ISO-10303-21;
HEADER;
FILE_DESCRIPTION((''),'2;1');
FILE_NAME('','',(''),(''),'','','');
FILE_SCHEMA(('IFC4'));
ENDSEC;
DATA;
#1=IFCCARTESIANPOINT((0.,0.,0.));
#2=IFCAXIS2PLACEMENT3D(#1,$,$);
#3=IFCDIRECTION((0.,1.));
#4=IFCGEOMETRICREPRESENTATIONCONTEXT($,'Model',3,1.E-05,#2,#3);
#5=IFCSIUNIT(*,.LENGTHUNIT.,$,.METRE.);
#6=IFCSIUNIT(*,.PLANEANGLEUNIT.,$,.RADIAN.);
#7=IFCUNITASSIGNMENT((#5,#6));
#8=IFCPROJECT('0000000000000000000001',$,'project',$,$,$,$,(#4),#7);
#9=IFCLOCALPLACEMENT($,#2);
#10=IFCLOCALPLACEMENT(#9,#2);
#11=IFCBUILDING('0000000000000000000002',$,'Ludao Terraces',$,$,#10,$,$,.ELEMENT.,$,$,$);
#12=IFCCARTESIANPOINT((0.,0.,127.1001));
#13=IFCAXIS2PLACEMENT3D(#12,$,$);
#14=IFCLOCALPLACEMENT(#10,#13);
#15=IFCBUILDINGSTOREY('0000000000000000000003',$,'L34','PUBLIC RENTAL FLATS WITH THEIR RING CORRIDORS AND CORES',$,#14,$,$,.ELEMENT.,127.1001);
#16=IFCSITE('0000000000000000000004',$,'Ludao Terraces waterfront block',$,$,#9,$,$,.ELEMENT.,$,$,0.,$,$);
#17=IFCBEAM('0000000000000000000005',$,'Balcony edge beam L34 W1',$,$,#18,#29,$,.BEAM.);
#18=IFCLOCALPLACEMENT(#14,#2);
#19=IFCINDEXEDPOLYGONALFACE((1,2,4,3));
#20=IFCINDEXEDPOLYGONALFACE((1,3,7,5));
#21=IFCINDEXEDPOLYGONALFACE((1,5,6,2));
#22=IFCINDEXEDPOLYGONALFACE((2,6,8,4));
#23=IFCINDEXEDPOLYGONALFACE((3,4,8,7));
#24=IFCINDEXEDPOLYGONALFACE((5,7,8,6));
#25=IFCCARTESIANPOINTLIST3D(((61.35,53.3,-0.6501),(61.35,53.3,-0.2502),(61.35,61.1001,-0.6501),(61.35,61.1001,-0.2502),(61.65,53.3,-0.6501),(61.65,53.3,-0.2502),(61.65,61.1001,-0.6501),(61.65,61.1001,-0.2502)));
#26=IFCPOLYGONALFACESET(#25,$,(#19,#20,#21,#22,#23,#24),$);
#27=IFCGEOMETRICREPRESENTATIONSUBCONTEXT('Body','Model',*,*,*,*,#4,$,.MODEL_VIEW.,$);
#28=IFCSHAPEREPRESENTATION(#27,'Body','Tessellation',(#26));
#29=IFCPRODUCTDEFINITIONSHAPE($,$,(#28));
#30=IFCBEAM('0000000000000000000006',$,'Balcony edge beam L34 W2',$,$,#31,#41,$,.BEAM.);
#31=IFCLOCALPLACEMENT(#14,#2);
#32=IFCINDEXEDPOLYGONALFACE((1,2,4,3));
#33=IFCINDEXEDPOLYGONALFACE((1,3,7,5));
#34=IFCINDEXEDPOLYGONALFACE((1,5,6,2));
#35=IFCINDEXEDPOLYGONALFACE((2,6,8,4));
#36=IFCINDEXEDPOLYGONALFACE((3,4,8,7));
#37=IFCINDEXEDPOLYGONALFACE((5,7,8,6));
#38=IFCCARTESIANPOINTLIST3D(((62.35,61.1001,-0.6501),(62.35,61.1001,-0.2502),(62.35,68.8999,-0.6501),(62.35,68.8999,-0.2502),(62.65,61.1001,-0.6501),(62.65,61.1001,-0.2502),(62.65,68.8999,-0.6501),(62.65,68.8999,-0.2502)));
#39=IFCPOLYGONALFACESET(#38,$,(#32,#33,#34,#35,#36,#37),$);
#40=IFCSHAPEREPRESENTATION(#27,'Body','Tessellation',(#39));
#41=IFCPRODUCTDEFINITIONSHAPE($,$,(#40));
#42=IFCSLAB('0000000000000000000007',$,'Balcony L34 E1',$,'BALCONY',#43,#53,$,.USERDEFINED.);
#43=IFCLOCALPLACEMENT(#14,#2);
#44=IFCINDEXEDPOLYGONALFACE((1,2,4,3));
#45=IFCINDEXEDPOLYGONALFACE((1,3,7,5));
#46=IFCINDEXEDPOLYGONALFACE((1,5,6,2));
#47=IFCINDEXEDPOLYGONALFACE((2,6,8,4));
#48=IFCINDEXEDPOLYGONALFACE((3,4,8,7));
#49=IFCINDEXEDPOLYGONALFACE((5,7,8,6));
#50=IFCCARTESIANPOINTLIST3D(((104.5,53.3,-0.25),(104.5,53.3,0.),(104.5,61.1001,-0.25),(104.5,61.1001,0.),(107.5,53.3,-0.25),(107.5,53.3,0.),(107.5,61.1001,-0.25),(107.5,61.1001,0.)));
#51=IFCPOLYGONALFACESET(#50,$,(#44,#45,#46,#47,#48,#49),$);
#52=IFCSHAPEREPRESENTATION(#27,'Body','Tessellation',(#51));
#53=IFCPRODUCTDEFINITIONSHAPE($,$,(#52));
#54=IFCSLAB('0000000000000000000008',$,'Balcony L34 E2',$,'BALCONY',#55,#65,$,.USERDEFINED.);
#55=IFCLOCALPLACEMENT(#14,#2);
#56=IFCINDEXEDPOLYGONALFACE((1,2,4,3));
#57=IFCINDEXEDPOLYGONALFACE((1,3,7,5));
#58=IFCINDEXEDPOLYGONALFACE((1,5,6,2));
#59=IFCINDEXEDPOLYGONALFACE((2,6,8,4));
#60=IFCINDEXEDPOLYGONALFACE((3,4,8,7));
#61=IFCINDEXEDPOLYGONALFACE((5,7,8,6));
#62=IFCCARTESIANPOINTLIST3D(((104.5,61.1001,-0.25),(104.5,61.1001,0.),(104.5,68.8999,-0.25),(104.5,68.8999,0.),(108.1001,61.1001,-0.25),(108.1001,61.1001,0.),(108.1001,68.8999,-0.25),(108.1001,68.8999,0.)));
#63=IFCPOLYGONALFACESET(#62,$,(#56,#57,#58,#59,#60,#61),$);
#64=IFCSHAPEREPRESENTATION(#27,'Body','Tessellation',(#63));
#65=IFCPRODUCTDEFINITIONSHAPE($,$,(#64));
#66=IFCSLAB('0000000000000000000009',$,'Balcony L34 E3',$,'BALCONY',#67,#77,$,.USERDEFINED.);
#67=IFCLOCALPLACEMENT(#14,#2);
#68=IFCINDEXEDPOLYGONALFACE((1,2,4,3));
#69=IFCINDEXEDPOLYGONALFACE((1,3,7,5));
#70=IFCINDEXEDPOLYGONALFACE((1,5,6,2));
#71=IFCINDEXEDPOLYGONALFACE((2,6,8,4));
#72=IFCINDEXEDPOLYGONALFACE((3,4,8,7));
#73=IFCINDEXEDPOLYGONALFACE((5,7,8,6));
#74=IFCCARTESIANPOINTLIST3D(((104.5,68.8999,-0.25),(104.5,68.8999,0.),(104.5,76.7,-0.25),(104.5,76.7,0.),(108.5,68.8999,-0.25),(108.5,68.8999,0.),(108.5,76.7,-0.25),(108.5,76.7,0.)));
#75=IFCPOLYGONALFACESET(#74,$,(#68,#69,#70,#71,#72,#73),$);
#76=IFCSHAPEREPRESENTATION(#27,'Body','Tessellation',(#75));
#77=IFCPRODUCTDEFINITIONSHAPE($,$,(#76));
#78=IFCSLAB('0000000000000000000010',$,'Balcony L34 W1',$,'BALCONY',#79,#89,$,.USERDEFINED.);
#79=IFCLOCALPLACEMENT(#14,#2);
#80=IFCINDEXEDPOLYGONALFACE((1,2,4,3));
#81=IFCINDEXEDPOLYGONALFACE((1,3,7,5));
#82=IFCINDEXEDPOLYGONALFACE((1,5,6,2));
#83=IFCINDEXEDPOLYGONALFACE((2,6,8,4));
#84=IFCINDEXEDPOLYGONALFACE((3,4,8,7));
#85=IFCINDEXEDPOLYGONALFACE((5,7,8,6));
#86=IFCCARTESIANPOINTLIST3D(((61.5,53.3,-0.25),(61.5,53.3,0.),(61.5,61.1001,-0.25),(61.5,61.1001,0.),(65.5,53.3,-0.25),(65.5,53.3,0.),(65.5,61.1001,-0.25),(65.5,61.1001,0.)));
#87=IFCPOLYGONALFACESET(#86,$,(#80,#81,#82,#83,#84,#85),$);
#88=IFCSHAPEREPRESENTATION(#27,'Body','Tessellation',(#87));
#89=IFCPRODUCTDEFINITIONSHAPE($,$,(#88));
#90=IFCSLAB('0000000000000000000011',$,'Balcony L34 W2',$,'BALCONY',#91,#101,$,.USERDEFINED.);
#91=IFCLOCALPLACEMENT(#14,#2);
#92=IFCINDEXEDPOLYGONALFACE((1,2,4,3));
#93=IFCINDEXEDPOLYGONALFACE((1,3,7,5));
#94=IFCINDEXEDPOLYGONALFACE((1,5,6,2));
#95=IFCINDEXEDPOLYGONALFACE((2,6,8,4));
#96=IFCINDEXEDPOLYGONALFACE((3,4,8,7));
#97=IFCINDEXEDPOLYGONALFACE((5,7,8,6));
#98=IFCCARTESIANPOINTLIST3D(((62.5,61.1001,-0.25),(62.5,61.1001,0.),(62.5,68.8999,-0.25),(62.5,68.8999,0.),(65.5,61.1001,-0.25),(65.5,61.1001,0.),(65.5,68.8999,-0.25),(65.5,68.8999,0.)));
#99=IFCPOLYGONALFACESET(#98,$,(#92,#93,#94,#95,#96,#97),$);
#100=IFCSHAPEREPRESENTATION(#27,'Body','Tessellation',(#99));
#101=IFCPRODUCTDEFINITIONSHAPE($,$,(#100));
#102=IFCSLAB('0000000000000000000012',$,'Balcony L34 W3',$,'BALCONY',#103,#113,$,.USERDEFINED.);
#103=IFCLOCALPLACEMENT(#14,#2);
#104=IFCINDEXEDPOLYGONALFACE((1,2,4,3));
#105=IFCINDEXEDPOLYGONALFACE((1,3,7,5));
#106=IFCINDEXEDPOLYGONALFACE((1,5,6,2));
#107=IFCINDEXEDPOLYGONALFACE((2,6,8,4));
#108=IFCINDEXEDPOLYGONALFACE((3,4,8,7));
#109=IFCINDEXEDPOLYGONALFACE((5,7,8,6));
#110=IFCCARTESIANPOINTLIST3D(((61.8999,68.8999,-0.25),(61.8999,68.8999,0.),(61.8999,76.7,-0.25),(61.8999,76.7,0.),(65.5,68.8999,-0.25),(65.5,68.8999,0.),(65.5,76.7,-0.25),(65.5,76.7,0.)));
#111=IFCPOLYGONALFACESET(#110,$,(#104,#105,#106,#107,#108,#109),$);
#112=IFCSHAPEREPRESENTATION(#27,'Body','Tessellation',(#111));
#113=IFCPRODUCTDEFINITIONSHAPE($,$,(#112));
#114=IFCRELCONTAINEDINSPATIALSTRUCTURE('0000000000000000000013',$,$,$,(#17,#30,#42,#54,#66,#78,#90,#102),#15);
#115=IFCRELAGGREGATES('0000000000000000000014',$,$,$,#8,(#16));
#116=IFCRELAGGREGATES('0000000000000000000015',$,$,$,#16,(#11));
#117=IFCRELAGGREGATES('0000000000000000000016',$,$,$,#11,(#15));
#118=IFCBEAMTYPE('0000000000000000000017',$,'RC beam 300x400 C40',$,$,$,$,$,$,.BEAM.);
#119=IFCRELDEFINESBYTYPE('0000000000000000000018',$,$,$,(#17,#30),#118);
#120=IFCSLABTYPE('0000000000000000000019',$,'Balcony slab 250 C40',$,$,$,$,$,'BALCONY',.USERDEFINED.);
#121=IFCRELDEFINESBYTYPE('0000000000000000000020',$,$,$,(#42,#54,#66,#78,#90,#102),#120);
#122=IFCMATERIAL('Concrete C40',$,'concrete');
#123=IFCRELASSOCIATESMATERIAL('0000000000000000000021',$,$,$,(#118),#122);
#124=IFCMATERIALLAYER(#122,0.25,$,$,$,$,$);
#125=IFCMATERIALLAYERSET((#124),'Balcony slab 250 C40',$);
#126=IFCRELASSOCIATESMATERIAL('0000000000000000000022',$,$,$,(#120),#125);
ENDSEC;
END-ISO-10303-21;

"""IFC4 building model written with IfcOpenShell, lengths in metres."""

from ifc_helpers import new_model, si_unit, direction, frame, origin, origin_2d, place, context, subcontext, project, spatial, polyline, rectangle, outline, extrude, material, layer, layer_set, material_profile, profile_set, type_object, element, save


model = new_model("IFC4")

# Units and contexts
model_context = context("Model", 3, precision=1e-05, world=origin(), true_north=direction((0.0, 1.0)))
body_context = subcontext(model_context, "Body", "Model", "MODEL_VIEW")
ifc_project = project(units=[si_unit("LENGTHUNIT", "METRE"), si_unit("PLANEANGLEUNIT", "RADIAN")], contexts=[model_context])

# Site, building, storey
site_placement = place(None, origin())
site = spatial("IfcSite", under=ifc_project, at=site_placement, Name="Ludao Terraces waterfront block", CompositionType="ELEMENT", RefElevation=0.0)
building_placement = place(site_placement, origin())
building = spatial("IfcBuilding", under=site, at=building_placement, Name="Ludao Terraces", CompositionType="ELEMENT")
storey_placement = place(building_placement, frame((0.0, 0.0, 127.1001)))
storey = spatial("IfcBuildingStorey", under=building, at=storey_placement, Name="L34", Description="PUBLIC RENTAL FLATS WITH THEIR RING CORRIDORS AND CORES", CompositionType="ELEMENT", Elevation=127.1001)

# Beams
ifc_material_1 = material(Name="Concrete C40", Category="concrete")
ifc_material_profile = material_profile(ifc_material_1, rectangle(XDim=0.3, YDim=0.3999, at=origin_2d()), Name="300 X 400")
ifc_profile_set = profile_set([ifc_material_profile], Name="Concrete C40")
beam_type = type_object("IfcBeamType", Name="RC beam 300x400 C40", PredefinedType="BEAM", material=ifc_profile_set)
beam_1_placement = place(storey_placement, frame((61.5, 53.3, -0.4502), z_axis=(0.0, 1.0, 0.0), x_axis=(-1.0, 0.0, 0.0)))
element("IfcBeam", 1, at=beam_1_placement, inside=storey, type_object=beam_type, Name="Balcony edge beam L34 W1", PredefinedType="BEAM", context=body_context, shape_type="SweptSolid", body=[
    extrude(rectangle(XDim=0.3, YDim=0.3999, at=origin_2d()), origin(), (0.0, 0.0, 1.0), 7.8),
])
beam_2_placement = place(storey_placement, frame((62.5, 61.1001, -0.4502), z_axis=(0.0, 1.0, 0.0), x_axis=(-1.0, 0.0, 0.0)))
element("IfcBeam", 2, at=beam_2_placement, inside=storey, type_object=beam_type, Name="Balcony edge beam L34 W2", PredefinedType="BEAM", context=body_context, shape_type="SweptSolid", body=[
    extrude(rectangle(XDim=0.3, YDim=0.3999, at=origin_2d()), origin(), (0.0, 0.0, 1.0), 7.7998),
])

# Slabs
ifc_layer_1 = layer(ifc_material_1, 0.25)
ifc_layer_set_1 = layer_set([ifc_layer_1], Name="Balcony slab 250 C40")
slab_type_1 = type_object("IfcSlabType", Name="Balcony slab 250 C40", ElementType="BALCONY", PredefinedType="USERDEFINED", material=ifc_layer_set_1)
slab_1_placement = place(storey_placement, frame((0.0, 0.0, -0.25)))
element("IfcSlab", 3, at=slab_1_placement, inside=storey, type_object=slab_type_1, Name="Balcony L34 E1", ObjectType="BALCONY", PredefinedType="USERDEFINED", context=body_context, shape_type="SweptSolid", body=[
    extrude(outline(polyline([(104.5, 53.3), (107.5, 53.3), (107.5, 61.1001), (104.5, 61.1001), (104.5, 53.3)])), origin(), (0.0, 0.0, 1.0), 0.25),
])
slab_2_placement = place(storey_placement, frame((0.0, 0.0, -0.25)))
element("IfcSlab", 4, at=slab_2_placement, inside=storey, type_object=slab_type_1, Name="Balcony L34 E2", ObjectType="BALCONY", PredefinedType="USERDEFINED", context=body_context, shape_type="SweptSolid", body=[
    extrude(outline(polyline([(104.5, 61.1001), (108.1001, 61.1001), (108.1001, 68.8999), (104.5, 68.8999), (104.5, 61.1001)])), origin(), (0.0, 0.0, 1.0), 0.25),
])
slab_3_placement = place(storey_placement, frame((0.0, 0.0, -0.25)))
element("IfcSlab", 5, at=slab_3_placement, inside=storey, type_object=slab_type_1, Name="Balcony L34 E3", ObjectType="BALCONY", PredefinedType="USERDEFINED", context=body_context, shape_type="SweptSolid", body=[
    extrude(outline(polyline([(104.5, 68.8999), (108.5, 68.8999), (108.5, 76.7), (104.5, 76.7), (104.5, 68.8999)])), origin(), (0.0, 0.0, 1.0), 0.25),
])
slab_4_placement = place(storey_placement, frame((0.0, 0.0, -0.25)))
element("IfcSlab", 6, at=slab_4_placement, inside=storey, type_object=slab_type_1, Name="Balcony L34 W1", ObjectType="BALCONY", PredefinedType="USERDEFINED", context=body_context, shape_type="SweptSolid", body=[
    extrude(outline(polyline([(61.5, 53.3), (65.5, 53.3), (65.5, 61.1001), (61.5, 61.1001), (61.5, 53.3)])), origin(), (0.0, 0.0, 1.0), 0.25),
])
slab_5_placement = place(storey_placement, frame((0.0, 0.0, -0.25)))
element("IfcSlab", 7, at=slab_5_placement, inside=storey, type_object=slab_type_1, Name="Balcony L34 W2", ObjectType="BALCONY", PredefinedType="USERDEFINED", context=body_context, shape_type="SweptSolid", body=[
    extrude(outline(polyline([(62.5, 61.1001), (65.5, 61.1001), (65.5, 68.8999), (62.5, 68.8999), (62.5, 61.1001)])), origin(), (0.0, 0.0, 1.0), 0.25),
])
slab_6_placement = place(storey_placement, frame((0.0, 0.0, -0.25)))
element("IfcSlab", 8, at=slab_6_placement, inside=storey, type_object=slab_type_1, Name="Balcony L34 W3", ObjectType="BALCONY", PredefinedType="USERDEFINED", context=body_context, shape_type="SweptSolid", body=[
    extrude(outline(polyline([(61.8999, 68.8999), (65.5, 68.8999), (65.5, 76.7), (61.8999, 76.7), (61.8999, 68.8999)])), origin(), (0.0, 0.0, 1.0), 0.25),
])

save(model, "model.ifc")
